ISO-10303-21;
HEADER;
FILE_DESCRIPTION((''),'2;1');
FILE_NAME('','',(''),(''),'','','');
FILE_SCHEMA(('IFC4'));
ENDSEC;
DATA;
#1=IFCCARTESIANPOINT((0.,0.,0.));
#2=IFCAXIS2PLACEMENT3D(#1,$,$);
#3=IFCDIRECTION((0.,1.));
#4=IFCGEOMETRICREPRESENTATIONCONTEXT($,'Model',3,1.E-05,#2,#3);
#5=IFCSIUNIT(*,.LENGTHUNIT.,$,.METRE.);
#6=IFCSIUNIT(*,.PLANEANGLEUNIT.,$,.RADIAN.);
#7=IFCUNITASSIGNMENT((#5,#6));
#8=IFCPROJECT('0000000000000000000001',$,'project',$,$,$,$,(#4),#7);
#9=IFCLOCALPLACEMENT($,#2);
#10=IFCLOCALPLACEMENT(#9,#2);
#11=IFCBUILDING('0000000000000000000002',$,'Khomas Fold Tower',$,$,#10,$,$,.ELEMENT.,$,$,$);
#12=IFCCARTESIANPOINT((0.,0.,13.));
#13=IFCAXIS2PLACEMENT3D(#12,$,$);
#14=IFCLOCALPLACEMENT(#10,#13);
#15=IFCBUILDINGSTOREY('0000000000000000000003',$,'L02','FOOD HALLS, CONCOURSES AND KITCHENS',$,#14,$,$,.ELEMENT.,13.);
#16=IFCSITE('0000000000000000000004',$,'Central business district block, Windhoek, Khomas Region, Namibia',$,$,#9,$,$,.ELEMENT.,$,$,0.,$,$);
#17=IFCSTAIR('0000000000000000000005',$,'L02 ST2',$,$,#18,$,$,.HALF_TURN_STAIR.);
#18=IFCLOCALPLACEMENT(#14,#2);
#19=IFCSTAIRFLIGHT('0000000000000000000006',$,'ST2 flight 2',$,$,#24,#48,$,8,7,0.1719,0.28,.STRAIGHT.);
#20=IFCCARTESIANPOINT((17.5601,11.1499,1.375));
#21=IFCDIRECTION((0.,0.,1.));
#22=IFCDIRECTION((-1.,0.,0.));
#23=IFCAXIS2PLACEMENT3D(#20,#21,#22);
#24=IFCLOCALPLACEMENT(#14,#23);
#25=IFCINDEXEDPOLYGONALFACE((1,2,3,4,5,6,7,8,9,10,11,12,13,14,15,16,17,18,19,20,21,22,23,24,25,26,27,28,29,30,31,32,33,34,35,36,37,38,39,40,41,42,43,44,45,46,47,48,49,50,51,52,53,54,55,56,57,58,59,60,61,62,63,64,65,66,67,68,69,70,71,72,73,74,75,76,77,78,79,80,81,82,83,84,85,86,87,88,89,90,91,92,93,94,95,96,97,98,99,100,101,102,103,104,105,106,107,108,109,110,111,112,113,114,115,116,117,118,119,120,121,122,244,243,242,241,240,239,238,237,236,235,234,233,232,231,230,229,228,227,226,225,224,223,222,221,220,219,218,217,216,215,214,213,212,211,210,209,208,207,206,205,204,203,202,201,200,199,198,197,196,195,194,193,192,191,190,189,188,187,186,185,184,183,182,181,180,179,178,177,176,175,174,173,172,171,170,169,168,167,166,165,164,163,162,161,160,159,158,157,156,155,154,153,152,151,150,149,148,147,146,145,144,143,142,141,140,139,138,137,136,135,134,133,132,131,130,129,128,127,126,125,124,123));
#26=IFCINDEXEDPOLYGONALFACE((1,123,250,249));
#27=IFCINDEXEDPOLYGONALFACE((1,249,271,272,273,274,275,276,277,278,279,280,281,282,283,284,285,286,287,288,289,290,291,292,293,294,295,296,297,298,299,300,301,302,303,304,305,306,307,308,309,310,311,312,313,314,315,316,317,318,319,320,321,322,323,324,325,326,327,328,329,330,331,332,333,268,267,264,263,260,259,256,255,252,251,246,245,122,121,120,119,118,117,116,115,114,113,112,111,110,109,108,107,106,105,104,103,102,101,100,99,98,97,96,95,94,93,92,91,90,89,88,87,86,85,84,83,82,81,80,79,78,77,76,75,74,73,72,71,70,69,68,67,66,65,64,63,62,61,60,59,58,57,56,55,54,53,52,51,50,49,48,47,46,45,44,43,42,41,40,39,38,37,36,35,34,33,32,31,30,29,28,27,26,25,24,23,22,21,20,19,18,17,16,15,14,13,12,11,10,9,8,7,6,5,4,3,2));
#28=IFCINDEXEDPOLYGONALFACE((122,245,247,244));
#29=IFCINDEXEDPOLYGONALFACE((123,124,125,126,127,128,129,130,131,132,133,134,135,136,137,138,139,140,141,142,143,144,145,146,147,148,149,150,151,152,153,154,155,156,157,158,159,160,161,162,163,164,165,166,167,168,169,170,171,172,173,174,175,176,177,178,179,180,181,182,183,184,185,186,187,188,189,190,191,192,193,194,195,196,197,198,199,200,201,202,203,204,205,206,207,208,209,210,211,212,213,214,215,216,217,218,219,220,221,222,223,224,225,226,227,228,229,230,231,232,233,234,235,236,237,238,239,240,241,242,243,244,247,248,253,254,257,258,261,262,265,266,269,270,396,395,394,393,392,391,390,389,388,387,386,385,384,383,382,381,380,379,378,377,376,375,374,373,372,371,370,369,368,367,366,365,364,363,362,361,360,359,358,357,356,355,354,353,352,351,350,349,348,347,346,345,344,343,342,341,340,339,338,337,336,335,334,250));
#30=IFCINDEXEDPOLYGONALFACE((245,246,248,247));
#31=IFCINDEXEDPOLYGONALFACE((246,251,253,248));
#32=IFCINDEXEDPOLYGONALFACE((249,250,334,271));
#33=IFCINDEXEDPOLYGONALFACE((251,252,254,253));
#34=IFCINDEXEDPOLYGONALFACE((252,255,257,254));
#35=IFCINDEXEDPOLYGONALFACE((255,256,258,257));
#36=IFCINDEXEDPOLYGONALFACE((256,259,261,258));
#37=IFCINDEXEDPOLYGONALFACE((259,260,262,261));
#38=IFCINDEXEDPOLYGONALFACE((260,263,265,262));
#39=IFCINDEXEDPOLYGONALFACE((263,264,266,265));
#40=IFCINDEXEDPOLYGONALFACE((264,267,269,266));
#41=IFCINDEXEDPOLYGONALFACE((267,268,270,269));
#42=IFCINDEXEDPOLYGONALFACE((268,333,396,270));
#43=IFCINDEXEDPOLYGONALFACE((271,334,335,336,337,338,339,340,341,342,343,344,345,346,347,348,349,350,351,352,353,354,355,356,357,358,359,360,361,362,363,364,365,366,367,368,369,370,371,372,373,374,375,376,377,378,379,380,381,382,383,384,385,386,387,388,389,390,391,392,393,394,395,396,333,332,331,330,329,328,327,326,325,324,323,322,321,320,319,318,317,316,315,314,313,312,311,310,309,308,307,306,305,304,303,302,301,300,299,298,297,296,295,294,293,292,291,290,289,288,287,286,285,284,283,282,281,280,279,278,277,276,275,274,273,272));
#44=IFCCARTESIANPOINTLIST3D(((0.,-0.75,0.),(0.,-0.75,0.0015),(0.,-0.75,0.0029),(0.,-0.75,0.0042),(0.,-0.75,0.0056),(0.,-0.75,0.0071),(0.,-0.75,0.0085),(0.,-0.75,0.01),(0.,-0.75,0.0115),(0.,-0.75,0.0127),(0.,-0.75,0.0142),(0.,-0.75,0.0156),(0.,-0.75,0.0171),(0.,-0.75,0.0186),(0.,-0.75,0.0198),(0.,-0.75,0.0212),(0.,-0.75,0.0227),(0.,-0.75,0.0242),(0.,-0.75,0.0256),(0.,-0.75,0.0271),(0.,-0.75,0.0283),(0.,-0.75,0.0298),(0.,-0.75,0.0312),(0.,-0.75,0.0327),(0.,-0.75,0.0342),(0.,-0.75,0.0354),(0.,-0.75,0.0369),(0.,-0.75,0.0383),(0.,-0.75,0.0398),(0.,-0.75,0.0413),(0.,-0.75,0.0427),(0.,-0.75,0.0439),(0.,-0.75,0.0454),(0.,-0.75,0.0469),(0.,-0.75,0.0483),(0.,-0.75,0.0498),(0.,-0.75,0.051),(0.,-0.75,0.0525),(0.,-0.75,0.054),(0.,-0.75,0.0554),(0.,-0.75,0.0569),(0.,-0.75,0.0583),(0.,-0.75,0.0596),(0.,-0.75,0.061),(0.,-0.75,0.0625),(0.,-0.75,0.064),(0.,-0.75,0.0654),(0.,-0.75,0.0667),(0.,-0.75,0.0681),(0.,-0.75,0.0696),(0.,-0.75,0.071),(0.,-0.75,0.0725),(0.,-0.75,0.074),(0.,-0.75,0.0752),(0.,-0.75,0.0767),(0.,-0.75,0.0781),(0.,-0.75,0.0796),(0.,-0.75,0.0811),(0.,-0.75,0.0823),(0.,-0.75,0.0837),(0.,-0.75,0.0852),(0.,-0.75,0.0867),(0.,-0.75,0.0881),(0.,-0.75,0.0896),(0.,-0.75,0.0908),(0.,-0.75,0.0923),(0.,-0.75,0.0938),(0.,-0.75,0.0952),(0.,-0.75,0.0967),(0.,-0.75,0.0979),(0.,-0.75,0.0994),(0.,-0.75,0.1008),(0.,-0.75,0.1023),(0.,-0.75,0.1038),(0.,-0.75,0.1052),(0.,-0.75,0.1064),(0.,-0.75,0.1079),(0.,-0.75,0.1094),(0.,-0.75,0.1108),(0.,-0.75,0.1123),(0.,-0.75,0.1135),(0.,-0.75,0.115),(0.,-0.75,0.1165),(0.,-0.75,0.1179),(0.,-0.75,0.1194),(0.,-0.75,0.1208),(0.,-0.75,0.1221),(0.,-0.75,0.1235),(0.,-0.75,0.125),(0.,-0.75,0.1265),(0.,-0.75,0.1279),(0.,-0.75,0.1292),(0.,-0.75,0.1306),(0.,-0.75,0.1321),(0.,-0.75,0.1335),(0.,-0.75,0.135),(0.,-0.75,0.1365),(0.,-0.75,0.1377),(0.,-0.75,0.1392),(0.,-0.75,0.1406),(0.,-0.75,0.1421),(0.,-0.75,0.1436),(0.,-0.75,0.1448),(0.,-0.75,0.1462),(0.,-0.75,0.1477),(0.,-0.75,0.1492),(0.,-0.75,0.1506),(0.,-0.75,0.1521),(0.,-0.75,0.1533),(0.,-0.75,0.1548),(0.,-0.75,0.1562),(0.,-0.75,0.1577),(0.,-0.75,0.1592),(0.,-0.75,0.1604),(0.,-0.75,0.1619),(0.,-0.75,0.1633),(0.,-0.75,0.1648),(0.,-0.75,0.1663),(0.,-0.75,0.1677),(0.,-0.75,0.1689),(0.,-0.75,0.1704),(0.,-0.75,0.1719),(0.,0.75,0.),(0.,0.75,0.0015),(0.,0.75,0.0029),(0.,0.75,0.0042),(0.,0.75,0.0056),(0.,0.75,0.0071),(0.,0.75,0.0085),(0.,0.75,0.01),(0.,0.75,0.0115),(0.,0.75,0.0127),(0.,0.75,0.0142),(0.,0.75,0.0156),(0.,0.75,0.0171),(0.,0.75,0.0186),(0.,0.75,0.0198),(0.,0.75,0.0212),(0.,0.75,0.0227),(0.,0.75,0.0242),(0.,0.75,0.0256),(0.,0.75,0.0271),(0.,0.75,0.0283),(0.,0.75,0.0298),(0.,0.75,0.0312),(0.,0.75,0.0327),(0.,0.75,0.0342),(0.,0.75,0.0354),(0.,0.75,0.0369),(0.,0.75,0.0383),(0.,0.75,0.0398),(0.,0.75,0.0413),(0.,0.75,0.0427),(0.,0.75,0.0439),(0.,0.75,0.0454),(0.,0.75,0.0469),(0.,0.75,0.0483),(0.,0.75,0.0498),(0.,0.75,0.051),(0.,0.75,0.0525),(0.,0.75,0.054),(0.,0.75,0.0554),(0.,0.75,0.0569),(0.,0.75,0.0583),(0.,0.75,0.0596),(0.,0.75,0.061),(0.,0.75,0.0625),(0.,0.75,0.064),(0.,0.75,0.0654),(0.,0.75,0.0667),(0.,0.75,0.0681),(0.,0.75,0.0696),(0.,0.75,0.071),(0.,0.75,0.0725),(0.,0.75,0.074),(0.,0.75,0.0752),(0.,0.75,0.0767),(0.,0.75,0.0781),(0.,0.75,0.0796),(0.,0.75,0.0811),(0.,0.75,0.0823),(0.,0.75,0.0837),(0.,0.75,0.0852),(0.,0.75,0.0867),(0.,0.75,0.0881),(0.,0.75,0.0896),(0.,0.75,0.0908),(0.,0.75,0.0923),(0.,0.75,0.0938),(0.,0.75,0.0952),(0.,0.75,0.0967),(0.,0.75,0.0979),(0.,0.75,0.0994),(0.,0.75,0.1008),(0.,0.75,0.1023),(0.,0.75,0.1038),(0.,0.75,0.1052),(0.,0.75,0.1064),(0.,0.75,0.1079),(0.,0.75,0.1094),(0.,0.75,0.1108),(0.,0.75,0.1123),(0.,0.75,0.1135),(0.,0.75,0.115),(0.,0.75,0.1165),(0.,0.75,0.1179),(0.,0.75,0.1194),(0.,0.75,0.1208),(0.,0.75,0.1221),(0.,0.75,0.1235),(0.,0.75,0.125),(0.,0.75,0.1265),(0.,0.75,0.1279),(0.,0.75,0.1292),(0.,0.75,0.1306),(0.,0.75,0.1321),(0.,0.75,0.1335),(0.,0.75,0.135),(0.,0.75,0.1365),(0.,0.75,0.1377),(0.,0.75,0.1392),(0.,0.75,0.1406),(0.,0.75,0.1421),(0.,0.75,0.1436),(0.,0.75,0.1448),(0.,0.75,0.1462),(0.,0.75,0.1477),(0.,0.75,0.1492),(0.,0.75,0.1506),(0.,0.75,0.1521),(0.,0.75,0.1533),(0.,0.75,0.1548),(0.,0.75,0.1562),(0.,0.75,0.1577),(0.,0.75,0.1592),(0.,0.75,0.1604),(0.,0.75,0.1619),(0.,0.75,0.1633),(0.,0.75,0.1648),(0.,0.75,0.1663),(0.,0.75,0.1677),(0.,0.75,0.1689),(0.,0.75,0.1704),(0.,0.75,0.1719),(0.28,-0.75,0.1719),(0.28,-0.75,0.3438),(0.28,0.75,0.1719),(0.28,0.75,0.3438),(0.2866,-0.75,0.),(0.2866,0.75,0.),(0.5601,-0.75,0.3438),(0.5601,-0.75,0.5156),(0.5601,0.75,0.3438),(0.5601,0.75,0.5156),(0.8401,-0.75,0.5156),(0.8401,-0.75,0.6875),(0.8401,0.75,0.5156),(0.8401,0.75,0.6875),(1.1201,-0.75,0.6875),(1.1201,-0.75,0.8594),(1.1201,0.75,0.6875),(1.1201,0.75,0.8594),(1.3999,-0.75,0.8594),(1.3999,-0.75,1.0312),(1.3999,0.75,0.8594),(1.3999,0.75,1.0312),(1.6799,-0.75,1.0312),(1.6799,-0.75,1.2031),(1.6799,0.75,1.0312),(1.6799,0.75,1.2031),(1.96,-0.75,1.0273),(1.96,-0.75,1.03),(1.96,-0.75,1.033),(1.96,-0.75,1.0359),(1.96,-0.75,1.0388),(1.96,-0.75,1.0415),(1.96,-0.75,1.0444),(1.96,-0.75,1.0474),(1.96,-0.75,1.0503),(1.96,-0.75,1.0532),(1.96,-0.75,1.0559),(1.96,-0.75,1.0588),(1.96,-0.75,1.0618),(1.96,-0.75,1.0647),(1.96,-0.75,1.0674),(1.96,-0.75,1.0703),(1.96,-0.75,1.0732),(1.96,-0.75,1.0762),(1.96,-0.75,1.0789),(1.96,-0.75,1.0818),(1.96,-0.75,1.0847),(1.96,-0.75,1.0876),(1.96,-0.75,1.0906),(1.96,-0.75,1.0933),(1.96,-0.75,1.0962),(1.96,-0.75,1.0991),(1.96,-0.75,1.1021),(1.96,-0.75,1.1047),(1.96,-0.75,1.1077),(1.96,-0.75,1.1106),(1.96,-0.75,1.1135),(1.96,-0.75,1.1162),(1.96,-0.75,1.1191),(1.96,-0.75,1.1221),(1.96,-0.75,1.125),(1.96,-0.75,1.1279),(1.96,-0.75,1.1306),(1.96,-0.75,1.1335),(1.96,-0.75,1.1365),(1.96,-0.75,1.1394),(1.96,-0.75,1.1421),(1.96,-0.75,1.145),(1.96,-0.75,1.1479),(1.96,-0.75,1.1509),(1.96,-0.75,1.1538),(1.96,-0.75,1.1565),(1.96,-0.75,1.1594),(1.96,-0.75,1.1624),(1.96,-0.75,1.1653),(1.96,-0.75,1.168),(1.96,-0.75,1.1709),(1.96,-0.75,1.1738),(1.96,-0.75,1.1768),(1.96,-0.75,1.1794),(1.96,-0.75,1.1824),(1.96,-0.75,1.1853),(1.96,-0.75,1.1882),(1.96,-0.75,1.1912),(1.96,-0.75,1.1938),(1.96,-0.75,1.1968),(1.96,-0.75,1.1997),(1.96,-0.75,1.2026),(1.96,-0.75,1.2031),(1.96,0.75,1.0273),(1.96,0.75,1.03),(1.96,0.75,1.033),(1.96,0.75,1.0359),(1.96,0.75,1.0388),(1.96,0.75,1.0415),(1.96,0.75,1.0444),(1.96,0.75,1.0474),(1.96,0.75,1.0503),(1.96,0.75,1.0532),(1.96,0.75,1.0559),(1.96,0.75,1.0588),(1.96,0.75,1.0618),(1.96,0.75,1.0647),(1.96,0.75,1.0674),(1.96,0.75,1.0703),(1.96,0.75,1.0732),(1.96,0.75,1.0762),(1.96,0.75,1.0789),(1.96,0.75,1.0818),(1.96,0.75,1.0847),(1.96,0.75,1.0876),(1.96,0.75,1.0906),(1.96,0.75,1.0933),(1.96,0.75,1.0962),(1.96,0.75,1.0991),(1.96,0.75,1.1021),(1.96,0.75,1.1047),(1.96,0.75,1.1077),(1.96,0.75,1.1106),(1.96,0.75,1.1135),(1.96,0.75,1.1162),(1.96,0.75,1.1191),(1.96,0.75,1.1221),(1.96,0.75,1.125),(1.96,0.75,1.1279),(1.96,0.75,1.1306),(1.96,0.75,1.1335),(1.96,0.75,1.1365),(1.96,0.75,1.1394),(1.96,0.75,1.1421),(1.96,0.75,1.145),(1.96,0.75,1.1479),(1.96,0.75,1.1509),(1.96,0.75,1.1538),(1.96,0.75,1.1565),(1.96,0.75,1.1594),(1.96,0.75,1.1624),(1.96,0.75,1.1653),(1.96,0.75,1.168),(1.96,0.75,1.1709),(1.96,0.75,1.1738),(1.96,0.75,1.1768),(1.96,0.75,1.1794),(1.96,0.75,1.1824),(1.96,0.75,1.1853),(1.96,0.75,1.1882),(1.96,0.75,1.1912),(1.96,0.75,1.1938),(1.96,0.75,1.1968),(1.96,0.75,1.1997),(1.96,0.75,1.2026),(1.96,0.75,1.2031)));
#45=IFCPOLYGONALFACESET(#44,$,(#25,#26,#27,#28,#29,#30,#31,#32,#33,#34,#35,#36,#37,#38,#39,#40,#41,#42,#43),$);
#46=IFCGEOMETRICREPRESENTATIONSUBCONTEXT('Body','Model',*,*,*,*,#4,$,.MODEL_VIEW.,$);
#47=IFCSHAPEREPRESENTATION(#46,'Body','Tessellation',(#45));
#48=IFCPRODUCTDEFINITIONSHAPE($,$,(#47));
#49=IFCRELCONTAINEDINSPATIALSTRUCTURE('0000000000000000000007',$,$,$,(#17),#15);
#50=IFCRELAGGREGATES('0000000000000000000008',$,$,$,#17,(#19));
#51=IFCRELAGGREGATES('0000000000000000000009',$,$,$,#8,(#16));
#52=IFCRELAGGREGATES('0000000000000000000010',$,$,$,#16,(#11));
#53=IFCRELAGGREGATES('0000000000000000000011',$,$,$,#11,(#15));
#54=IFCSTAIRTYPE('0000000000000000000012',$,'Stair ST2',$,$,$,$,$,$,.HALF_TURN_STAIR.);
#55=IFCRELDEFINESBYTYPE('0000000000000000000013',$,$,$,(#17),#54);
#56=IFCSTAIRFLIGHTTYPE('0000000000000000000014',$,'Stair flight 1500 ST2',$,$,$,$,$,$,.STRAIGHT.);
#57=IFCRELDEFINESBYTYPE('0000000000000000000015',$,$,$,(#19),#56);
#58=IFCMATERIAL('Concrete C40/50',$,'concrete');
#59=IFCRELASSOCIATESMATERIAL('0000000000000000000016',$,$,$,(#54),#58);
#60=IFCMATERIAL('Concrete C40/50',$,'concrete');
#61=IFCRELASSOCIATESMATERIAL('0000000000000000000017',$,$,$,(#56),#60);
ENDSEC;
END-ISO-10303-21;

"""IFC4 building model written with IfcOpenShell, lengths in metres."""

from ifc_helpers import new_model, si_unit, direction, frame, origin, place, context, subcontext, project, spatial, polyline, outline, extrude, source, transform, mapped, material, type_object, element, aggregate, save


model = new_model("IFC4")

# Units and contexts
model_context = context("Model", 3, precision=1e-05, world=origin(), true_north=direction((0.0, 1.0)))
body_context = subcontext(model_context, "Body", "Model", "MODEL_VIEW")
ifc_project = project(units=[si_unit("LENGTHUNIT", "METRE"), si_unit("PLANEANGLEUNIT", "RADIAN")], contexts=[model_context])

# Site, building, storey
site_placement = place(None, origin())
site = spatial("IfcSite", under=ifc_project, at=site_placement, Name="Central business district block, Windhoek, Khomas Region, Namibia", CompositionType="ELEMENT", RefElevation=0.0)
building_placement = place(site_placement, origin())
building = spatial("IfcBuilding", under=site, at=building_placement, Name="Khomas Fold Tower", CompositionType="ELEMENT")
storey_placement = place(building_placement, frame((0.0, 0.0, 13.0)))
storey = spatial("IfcBuildingStorey", under=building, at=storey_placement, Name="L02", Description="FOOD HALLS, CONCOURSES AND KITCHENS", CompositionType="ELEMENT", Elevation=13.0)

# Stair, stair flight
ifc_material_1 = material(Name="Concrete C40/50", Category="concrete")
stair_type = type_object("IfcStairType", Name="Stair ST2", PredefinedType="HALF_TURN_STAIR", material=ifc_material_1)
stair_placement = place(storey_placement, origin())
stair = element("IfcStair", 1, at=stair_placement, inside=storey, type_object=stair_type, Name="L02 ST2", PredefinedType="HALF_TURN_STAIR")
ifc_material_2 = material(Name="Concrete C40/50", Category="concrete")
stair_flight_type = type_object("IfcStairFlightType", Name="Stair flight 1500 ST2", PredefinedType="STRAIGHT", material=ifc_material_2)
shared_shape_1 = source(origin(), body_context, "Body", "SweptSolid", [
    extrude(outline(polyline([(0.0, 0.0), (0.0, 0.0015), (0.0, 0.0029), (0.0, 0.0042), (0.0, 0.0056), (0.0, 0.0071), (0.0, 0.0085), (0.0, 0.01), (0.0, 0.0115), (0.0, 0.0127), (0.0, 0.0142), (0.0, 0.0156), (0.0, 0.0171), (0.0, 0.0186), (0.0, 0.0198), (0.0, 0.0212), (0.0, 0.0227), (0.0, 0.0242), (0.0, 0.0256), (0.0, 0.0271), (0.0, 0.0283), (0.0, 0.0298), (0.0, 0.0312), (0.0, 0.0327), (0.0, 0.0342), (0.0, 0.0354), (0.0, 0.0369), (0.0, 0.0383), (0.0, 0.0398), (0.0, 0.0413), (0.0, 0.0427), (0.0, 0.0439), (0.0, 0.0454), (0.0, 0.0469), (0.0, 0.0483), (0.0, 0.0498), (0.0, 0.051), (0.0, 0.0525), (0.0, 0.054), (0.0, 0.0554), (0.0, 0.0569), (0.0, 0.0583), (0.0, 0.0596), (0.0, 0.061), (0.0, 0.0625), (0.0, 0.064), (0.0, 0.0654), (0.0, 0.0667), (0.0, 0.0681), (0.0, 0.0696), (0.0, 0.071), (0.0, 0.0725), (0.0, 0.074), (0.0, 0.0752), (0.0, 0.0767), (0.0, 0.0781), (0.0, 0.0796), (0.0, 0.0811), (0.0, 0.0823), (0.0, 0.0837), (0.0, 0.0852), (0.0, 0.0867), (0.0, 0.0881), (0.0, 0.0896), (0.0, 0.0908), (0.0, 0.0923), (0.0, 0.0938), (0.0, 0.0952), (0.0, 0.0967), (0.0, 0.0979), (0.0, 0.0994), (0.0, 0.1008), (0.0, 0.1023), (0.0, 0.1038), (0.0, 0.1052), (0.0, 0.1064), (0.0, 0.1079), (0.0, 0.1094), (0.0, 0.1108), (0.0, 0.1123), (0.0, 0.1135), (0.0, 0.115), (0.0, 0.1165), (0.0, 0.1179), (0.0, 0.1194), (0.0, 0.1208), (0.0, 0.1221), (0.0, 0.1235), (0.0, 0.125), (0.0, 0.1265), (0.0, 0.1279), (0.0, 0.1292), (0.0, 0.1306), (0.0, 0.1321), (0.0, 0.1335), (0.0, 0.135), (0.0, 0.1365), (0.0, 0.1377), (0.0, 0.1392), (0.0, 0.1406), (0.0, 0.1421), (0.0, 0.1436), (0.0, 0.1448), (0.0, 0.1462), (0.0, 0.1477), (0.0, 0.1492), (0.0, 0.1506), (0.0, 0.1521), (0.0, 0.1533), (0.0, 0.1548), (0.0, 0.1562), (0.0, 0.1577), (0.0, 0.1592), (0.0, 0.1604), (0.0, 0.1619), (0.0, 0.1633), (0.0, 0.1648), (0.0, 0.1663), (0.0, 0.1677), (0.0, 0.1689), (0.0, 0.1704), (0.0, 0.1719), (0.28, 0.1719), (0.28, 0.3438), (0.5601, 0.3438), (0.5601, 0.5156), (0.8401, 0.5156), (0.8401, 0.6875), (1.1201, 0.6875), (1.1201, 0.8594), (1.3999, 0.8594), (1.3999, 1.0312), (1.6799, 1.0312), (1.6799, 1.2031), (1.96, 1.2031), (1.96, 1.375), (1.96, 1.3721), (1.96, 1.3691), (1.96, 1.3665), (1.96, 1.3635), (1.96, 1.3606), (1.96, 1.3577), (1.96, 1.355), (1.96, 1.3521), (1.96, 1.3491), (1.96, 1.3462), (1.96, 1.3435), (1.96, 1.3406), (1.96, 1.3376), (1.96, 1.3347), (1.96, 1.3318), (1.96, 1.3291), (1.96, 1.3262), (1.96, 1.3232), (1.96, 1.3203), (1.96, 1.3176), (1.96, 1.3147), (1.96, 1.3118), (1.96, 1.3088), (1.96, 1.3059), (1.96, 1.3032), (1.96, 1.3003), (1.96, 1.2974), (1.96, 1.2944), (1.96, 1.2917), (1.96, 1.2888), (1.96, 1.2859), (1.96, 1.283), (1.96, 1.2803), (1.96, 1.2773), (1.96, 1.2744), (1.96, 1.2715), (1.96, 1.2686), (1.96, 1.2659), (1.96, 1.2629), (1.96, 1.26), (1.96, 1.2571), (1.96, 1.2544), (1.96, 1.2515), (1.96, 1.2485), (1.96, 1.2456), (1.96, 1.2427), (1.96, 1.24), (1.96, 1.2371), (1.96, 1.2341), (1.96, 1.2312), (1.96, 1.2285), (1.96, 1.2256), (1.96, 1.2227), (1.96, 1.2197), (1.96, 1.217), (1.96, 1.2141), (1.96, 1.2112), (1.96, 1.2083), (1.96, 1.2053), (1.96, 1.2026), (1.96, 1.1997), (1.96, 1.1968), (1.96, 1.1938), (1.96, 1.1912), (1.96, 1.1882), (1.96, 1.1853), (1.96, 1.1824), (1.96, 1.1794), (1.96, 1.1768), (1.96, 1.1738), (1.96, 1.1709), (1.96, 1.168), (1.96, 1.1653), (1.96, 1.1624), (1.96, 1.1594), (1.96, 1.1565), (1.96, 1.1538), (1.96, 1.1509), (1.96, 1.1479), (1.96, 1.145), (1.96, 1.1421), (1.96, 1.1394), (1.96, 1.1365), (1.96, 1.1335), (1.96, 1.1306), (1.96, 1.1279), (1.96, 1.125), (1.96, 1.1221), (1.96, 1.1191), (1.96, 1.1162), (1.96, 1.1135), (1.96, 1.1106), (1.96, 1.1077), (1.96, 1.1047), (1.96, 1.1021), (1.96, 1.0991), (1.96, 1.0962), (1.96, 1.0933), (1.96, 1.0906), (1.96, 1.0876), (1.96, 1.0847), (1.96, 1.0818), (1.96, 1.0789), (1.96, 1.0762), (1.96, 1.0732), (1.96, 1.0703), (1.96, 1.0674), (1.96, 1.0647), (1.96, 1.0618), (1.96, 1.0588), (1.96, 1.0559), (1.96, 1.0532), (1.96, 1.0503), (1.96, 1.0474), (1.96, 1.0444), (1.96, 1.0415), (1.96, 1.0388), (1.96, 1.0359), (1.96, 1.033), (1.96, 1.03), (1.96, 1.0273), (0.2866, 0.0), (0.0, 0.0)])), frame((0.0, 0.75, 0.0), z_axis=(0.0, -1.0, 0.0), x_axis=(1.0, 0.0, 0.0)), (0.0, 0.0, 1.0), 1.5),
])
stair_flight_placement = place(storey_placement, frame((17.5601, 11.1499, 1.375), z_axis=(0.0, 0.0, 1.0), x_axis=(-1.0, 0.0, 0.0)))
stair_flight = element("IfcStairFlight", 2, at=stair_flight_placement, type_object=stair_flight_type, Name="ST2 flight 2", NumberOfRisers=8, NumberOfTreads=7, PredefinedType="STRAIGHT", RiserHeight=0.1719, TreadLength=0.28, context=body_context, shape_type="MappedRepresentation", body=[
    mapped(shared_shape_1, transform((0.0, 0.0, 0.0))),
])
aggregate(stair, [stair_flight])

save(model, "model.ifc")
